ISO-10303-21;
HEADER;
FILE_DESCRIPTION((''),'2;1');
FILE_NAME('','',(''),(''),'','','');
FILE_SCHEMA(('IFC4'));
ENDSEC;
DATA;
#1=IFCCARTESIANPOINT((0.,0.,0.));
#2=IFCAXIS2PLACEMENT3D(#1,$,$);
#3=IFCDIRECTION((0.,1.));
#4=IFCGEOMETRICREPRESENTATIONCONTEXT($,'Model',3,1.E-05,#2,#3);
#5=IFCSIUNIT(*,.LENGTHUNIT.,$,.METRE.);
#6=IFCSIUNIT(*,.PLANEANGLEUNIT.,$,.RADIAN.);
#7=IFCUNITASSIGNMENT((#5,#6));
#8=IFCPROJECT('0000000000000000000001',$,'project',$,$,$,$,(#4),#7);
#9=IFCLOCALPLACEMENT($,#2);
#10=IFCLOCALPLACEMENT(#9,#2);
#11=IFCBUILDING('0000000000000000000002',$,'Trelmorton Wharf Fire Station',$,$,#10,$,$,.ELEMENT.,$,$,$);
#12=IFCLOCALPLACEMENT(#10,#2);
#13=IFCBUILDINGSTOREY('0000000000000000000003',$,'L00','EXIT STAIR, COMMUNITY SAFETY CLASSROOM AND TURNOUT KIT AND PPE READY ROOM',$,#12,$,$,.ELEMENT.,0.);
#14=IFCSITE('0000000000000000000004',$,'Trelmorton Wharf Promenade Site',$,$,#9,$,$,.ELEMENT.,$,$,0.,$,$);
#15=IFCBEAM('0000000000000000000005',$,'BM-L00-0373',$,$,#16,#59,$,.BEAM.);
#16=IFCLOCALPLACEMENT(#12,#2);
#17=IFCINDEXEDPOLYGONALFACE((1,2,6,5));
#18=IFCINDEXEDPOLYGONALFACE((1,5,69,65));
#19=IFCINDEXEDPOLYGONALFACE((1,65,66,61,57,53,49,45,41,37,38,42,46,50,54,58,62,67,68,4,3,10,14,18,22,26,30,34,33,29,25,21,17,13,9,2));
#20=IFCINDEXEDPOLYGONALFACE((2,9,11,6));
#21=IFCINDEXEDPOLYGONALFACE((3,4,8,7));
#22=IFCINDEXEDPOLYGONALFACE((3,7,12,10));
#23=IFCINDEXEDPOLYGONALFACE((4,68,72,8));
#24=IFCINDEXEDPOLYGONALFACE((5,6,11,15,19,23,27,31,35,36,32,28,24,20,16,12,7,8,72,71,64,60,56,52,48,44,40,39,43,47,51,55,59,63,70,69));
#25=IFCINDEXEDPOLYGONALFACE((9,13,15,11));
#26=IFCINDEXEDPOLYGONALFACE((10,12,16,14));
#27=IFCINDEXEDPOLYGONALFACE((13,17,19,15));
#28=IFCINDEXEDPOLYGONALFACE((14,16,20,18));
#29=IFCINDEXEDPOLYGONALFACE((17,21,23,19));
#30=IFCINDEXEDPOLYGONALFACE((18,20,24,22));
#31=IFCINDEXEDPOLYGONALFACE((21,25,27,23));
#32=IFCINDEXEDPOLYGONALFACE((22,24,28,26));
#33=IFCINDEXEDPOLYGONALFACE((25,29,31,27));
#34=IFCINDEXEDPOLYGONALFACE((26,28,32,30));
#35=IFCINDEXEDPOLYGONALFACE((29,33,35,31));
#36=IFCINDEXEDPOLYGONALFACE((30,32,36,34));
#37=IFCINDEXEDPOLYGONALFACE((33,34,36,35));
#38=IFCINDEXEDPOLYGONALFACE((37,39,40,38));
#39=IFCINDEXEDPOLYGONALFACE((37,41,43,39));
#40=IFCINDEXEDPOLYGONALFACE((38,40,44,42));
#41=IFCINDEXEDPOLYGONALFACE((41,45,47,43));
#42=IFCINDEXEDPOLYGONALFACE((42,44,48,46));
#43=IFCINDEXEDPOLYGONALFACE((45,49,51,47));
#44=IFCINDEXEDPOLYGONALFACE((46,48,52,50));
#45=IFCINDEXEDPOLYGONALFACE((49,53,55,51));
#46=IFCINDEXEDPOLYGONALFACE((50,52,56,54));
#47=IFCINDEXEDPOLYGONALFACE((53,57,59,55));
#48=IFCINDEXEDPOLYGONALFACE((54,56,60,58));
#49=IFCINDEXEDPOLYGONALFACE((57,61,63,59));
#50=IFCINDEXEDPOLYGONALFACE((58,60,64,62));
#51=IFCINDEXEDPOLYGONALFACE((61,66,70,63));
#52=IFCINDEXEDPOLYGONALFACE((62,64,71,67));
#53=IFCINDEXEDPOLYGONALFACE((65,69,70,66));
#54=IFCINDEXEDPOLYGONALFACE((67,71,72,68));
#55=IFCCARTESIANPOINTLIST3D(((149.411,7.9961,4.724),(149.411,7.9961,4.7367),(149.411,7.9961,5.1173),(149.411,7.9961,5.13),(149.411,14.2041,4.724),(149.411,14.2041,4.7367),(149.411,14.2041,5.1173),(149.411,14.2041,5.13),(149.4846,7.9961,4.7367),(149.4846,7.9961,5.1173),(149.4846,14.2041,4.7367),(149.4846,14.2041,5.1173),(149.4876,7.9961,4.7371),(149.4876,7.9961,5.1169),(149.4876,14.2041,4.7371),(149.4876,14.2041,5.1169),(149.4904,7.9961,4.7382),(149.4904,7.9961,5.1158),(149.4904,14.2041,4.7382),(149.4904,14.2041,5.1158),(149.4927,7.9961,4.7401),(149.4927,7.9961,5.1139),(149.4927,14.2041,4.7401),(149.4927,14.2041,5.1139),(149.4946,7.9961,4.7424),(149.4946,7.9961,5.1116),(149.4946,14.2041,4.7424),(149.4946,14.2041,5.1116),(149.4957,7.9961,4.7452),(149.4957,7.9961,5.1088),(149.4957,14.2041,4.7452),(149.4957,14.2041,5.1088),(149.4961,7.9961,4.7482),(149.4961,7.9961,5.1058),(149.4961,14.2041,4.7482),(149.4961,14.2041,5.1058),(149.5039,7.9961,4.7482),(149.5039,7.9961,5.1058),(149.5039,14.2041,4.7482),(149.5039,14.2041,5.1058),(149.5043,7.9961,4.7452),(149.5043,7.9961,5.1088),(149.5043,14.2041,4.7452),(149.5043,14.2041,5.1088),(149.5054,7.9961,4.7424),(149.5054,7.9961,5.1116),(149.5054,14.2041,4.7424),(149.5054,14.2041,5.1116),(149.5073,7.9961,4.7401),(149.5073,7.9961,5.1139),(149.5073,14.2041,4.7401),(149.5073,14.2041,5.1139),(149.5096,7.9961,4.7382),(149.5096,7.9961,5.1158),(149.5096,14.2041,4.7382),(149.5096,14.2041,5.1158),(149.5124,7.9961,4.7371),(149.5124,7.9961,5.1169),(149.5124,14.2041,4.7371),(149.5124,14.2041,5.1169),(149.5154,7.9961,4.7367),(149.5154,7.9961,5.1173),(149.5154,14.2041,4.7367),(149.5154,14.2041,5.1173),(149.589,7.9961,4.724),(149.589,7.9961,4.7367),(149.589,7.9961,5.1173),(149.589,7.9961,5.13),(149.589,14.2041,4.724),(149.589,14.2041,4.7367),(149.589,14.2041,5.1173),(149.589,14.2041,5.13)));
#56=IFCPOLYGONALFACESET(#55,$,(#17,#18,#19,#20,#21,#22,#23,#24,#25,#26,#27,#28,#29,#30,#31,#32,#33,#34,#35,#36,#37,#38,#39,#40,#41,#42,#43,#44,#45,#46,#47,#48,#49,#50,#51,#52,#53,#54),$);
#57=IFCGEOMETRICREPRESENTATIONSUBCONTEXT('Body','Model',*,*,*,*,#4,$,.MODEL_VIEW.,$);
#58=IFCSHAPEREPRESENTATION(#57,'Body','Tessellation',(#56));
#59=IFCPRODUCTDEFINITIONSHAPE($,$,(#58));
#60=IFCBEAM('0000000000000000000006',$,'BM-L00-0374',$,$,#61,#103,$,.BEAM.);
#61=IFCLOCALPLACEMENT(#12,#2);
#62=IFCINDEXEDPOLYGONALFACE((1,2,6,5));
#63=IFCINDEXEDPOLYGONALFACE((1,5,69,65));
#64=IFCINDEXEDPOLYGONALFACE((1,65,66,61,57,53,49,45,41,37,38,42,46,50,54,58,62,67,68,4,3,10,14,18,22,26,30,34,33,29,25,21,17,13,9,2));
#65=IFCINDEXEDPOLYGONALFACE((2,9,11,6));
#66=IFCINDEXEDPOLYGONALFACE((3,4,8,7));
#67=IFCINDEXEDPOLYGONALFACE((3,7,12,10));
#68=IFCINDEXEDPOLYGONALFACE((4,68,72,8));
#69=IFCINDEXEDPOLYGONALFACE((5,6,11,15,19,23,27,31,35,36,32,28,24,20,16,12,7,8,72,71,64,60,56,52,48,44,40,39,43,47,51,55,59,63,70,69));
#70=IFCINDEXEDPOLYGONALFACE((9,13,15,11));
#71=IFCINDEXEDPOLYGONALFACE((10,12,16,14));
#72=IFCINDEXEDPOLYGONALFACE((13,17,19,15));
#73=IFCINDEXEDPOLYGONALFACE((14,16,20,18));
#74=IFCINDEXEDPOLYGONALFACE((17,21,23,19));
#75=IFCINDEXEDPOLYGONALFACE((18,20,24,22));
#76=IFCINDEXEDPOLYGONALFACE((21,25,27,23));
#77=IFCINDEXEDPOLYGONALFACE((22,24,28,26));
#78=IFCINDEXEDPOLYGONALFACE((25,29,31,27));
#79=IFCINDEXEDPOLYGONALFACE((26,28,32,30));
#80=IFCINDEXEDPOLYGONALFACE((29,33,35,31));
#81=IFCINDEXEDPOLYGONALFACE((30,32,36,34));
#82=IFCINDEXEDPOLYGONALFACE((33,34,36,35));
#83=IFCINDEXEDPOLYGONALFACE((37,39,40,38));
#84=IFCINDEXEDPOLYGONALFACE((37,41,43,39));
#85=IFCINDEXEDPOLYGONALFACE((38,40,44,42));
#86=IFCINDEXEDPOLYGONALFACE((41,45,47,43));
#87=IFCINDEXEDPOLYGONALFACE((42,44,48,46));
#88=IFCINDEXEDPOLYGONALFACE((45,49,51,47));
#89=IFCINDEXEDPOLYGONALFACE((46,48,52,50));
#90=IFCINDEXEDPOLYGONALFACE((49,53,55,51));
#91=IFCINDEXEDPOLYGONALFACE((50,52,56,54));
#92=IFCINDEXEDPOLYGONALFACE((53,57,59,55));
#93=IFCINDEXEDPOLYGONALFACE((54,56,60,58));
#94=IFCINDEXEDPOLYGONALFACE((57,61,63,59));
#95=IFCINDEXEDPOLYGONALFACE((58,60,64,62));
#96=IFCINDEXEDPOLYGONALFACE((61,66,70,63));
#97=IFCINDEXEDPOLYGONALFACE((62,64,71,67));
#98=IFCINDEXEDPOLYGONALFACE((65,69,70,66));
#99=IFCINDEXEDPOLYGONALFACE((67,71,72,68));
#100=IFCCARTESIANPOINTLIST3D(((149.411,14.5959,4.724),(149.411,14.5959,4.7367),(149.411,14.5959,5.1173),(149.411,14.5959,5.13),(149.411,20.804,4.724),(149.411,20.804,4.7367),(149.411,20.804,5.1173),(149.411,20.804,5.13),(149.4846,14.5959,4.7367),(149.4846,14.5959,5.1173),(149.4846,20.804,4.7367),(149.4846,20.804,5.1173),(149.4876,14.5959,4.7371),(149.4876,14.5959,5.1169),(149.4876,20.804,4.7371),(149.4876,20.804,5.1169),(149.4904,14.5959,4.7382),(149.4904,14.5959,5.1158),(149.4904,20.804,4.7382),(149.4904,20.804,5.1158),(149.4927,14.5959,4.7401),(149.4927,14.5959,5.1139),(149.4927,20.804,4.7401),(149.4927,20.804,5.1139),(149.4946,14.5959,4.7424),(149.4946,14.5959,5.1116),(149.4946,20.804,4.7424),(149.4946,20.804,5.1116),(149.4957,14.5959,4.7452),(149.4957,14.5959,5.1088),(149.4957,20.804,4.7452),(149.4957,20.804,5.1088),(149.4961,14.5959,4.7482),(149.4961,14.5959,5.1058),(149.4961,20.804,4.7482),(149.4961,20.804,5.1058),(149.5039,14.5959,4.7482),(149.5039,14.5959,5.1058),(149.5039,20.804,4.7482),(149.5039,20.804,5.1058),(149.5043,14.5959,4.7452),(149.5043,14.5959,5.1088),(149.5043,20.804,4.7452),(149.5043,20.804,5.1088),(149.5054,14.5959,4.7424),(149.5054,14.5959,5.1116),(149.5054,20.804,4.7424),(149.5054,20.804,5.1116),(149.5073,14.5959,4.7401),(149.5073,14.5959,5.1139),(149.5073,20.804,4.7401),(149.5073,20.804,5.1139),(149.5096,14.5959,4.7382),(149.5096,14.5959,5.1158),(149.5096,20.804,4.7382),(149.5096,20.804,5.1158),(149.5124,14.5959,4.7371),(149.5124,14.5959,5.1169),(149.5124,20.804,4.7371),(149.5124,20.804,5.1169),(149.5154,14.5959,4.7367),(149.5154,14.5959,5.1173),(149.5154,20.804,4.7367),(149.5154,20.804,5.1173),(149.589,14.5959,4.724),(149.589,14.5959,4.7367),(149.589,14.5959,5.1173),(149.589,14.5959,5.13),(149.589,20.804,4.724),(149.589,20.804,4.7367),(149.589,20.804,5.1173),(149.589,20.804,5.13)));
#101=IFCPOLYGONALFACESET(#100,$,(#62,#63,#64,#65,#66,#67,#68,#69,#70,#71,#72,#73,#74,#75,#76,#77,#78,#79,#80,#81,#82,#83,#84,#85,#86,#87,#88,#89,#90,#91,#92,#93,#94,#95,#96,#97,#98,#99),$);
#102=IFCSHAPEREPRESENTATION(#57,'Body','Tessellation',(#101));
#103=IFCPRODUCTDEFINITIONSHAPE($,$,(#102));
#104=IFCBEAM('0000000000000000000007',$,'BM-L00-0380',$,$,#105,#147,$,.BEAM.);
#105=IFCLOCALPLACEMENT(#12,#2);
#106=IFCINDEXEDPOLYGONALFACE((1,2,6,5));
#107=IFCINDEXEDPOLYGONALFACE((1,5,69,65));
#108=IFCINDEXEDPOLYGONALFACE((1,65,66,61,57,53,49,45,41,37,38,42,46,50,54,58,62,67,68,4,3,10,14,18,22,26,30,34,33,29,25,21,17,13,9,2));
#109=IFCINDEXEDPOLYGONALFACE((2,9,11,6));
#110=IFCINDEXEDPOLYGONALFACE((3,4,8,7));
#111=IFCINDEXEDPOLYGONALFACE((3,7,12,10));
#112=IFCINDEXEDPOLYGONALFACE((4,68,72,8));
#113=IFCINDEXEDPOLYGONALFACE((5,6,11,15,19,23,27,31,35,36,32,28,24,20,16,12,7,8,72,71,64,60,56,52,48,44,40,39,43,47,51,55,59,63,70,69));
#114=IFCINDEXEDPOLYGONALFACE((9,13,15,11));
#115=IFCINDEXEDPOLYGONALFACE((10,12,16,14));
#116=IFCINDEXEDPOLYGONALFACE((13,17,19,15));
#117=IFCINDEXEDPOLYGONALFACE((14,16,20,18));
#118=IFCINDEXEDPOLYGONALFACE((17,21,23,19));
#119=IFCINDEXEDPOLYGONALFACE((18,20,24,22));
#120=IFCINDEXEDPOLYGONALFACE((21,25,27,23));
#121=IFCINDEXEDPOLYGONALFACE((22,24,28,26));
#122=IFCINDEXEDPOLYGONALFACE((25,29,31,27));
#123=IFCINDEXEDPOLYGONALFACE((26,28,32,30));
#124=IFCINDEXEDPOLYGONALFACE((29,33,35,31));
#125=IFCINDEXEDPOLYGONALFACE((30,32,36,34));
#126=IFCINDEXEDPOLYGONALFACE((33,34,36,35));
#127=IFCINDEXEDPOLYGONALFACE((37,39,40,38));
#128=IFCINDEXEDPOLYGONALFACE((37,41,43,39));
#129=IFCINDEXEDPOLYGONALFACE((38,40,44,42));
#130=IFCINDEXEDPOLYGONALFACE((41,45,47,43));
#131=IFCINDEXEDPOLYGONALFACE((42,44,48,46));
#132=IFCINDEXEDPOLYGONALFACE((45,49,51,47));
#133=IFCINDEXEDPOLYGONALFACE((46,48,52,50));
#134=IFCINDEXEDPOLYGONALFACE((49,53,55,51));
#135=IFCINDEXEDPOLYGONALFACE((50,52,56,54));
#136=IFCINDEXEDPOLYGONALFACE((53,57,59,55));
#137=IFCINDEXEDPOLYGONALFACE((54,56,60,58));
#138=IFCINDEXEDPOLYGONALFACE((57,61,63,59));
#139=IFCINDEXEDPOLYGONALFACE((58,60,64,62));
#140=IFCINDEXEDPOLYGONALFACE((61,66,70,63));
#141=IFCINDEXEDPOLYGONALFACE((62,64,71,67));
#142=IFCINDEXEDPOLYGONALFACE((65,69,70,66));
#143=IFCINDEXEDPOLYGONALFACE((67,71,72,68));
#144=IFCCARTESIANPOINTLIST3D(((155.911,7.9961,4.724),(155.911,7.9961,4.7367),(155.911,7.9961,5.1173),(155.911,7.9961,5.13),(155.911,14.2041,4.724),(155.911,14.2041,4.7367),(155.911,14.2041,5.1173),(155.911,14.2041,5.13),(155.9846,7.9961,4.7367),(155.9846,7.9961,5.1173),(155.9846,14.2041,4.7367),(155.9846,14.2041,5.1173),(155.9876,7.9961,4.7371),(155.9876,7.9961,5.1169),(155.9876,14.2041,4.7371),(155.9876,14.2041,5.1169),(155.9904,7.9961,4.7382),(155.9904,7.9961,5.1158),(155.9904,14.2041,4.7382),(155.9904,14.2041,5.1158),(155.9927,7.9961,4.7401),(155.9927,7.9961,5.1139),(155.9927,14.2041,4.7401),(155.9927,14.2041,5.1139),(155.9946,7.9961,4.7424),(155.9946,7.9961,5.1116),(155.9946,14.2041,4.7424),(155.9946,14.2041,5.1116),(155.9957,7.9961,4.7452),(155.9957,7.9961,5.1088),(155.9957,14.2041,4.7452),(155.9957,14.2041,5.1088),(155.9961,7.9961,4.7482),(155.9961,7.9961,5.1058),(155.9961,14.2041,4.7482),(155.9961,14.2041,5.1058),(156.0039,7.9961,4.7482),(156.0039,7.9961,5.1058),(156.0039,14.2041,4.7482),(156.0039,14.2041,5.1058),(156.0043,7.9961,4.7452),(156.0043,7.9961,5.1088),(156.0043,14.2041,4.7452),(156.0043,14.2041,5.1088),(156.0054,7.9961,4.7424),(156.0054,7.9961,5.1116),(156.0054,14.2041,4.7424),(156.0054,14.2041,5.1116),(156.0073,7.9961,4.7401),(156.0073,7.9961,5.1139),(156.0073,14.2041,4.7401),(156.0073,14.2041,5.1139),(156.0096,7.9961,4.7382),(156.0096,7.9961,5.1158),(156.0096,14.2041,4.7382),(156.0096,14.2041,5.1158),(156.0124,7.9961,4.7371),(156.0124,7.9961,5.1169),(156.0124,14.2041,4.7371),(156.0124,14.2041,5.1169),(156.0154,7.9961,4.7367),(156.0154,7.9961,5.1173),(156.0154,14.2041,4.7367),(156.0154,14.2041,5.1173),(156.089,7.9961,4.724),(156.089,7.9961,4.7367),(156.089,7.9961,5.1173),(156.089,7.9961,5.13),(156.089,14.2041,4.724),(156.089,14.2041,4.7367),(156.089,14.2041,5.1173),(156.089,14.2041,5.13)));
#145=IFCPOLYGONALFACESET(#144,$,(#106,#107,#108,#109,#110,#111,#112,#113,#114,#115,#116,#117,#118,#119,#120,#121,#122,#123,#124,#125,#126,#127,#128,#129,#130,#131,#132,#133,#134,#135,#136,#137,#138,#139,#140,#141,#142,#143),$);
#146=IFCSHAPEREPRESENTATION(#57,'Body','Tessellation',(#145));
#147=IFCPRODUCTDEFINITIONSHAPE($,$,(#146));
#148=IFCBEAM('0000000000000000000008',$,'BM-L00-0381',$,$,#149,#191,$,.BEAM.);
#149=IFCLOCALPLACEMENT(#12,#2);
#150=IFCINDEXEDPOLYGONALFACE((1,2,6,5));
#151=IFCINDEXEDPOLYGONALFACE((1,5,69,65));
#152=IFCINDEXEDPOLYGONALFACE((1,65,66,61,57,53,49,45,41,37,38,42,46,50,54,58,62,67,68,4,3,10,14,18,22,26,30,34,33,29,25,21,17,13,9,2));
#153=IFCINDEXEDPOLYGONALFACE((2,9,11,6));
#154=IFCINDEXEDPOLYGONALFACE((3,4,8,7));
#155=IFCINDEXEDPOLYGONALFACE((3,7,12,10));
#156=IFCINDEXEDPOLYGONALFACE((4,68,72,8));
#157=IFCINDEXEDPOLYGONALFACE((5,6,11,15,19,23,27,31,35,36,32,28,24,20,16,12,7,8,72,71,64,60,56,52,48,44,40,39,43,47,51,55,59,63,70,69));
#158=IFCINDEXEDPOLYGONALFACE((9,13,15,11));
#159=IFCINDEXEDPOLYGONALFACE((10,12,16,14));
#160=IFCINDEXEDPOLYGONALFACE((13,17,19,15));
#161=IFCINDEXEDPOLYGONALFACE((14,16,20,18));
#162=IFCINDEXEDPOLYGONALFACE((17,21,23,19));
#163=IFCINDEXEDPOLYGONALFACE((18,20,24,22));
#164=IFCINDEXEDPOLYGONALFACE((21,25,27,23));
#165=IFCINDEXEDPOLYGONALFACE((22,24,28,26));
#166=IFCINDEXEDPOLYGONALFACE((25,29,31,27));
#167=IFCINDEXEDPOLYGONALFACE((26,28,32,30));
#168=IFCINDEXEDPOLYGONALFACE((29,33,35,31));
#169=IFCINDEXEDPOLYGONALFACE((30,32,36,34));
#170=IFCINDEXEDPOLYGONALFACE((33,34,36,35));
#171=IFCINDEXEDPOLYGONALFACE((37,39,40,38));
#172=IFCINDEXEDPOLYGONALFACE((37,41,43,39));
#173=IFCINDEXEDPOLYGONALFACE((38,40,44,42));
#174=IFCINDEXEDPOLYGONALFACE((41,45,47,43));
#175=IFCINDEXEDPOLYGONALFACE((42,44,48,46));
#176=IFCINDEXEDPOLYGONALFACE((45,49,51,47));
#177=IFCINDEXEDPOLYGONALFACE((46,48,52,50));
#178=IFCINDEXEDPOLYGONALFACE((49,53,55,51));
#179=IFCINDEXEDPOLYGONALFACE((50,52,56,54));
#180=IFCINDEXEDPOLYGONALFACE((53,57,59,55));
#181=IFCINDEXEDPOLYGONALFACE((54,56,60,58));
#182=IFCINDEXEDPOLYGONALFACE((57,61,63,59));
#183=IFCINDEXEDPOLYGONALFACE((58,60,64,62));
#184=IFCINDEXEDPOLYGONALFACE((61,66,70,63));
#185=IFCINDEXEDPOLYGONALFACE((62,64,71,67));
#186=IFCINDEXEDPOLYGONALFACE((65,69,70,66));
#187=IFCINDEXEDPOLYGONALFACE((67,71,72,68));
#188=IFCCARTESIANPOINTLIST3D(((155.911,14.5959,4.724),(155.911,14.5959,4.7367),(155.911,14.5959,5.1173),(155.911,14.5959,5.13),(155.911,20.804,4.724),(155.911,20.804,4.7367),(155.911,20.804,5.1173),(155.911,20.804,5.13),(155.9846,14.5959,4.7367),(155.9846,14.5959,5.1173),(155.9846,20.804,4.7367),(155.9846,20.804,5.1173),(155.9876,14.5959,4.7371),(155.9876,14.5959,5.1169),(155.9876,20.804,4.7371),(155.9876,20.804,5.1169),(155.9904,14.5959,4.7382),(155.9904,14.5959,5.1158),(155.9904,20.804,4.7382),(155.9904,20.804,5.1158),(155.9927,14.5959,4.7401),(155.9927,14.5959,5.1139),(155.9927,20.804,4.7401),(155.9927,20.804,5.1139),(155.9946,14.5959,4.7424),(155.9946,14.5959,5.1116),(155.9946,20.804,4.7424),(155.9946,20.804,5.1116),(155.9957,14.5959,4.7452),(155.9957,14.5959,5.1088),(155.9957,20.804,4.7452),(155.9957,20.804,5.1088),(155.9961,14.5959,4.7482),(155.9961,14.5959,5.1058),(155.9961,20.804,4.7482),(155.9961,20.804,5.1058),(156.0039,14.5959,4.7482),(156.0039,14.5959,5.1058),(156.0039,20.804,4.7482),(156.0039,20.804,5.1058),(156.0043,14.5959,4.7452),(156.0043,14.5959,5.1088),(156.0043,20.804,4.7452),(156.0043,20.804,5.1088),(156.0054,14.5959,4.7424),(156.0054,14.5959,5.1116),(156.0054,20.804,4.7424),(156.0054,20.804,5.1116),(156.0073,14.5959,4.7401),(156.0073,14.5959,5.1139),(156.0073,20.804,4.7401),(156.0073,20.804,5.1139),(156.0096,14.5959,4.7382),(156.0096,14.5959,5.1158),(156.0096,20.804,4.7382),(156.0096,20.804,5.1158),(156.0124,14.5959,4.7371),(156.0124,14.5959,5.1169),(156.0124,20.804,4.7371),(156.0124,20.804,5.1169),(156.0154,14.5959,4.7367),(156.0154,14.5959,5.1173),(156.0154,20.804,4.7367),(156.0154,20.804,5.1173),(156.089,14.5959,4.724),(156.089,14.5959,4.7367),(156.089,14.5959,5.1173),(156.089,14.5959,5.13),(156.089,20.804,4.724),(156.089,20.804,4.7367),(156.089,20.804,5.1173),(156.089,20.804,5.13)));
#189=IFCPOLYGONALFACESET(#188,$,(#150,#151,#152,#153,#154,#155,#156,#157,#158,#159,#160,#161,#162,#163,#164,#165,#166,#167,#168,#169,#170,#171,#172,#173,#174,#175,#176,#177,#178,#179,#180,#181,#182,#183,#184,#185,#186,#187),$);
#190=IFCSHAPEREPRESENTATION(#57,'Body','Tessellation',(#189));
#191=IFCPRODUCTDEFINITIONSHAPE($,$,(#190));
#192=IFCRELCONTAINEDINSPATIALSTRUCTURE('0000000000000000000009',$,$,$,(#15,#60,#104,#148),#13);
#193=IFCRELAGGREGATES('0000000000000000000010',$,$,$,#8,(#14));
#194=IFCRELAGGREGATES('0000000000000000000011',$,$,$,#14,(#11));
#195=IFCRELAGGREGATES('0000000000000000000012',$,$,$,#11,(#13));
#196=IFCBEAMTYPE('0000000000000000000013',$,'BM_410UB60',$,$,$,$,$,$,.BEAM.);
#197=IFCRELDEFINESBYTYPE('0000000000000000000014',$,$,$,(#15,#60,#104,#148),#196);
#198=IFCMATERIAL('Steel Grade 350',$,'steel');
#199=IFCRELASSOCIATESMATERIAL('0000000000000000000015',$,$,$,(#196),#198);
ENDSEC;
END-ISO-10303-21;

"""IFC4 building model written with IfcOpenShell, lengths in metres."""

from ifc_helpers import new_model, si_unit, direction, frame, origin, origin_2d, place, context, subcontext, project, spatial, i_section, extrude, material, material_profile, profile_set, type_object, element, save


model = new_model("IFC4")

# Units and contexts
model_context = context("Model", 3, precision=1e-05, world=origin(), true_north=direction((0.0, 1.0)))
body_context = subcontext(model_context, "Body", "Model", "MODEL_VIEW")
ifc_project = project(units=[si_unit("LENGTHUNIT", "METRE"), si_unit("PLANEANGLEUNIT", "RADIAN")], contexts=[model_context])

# Site, building, storey
site_placement = place(None, origin())
site = spatial("IfcSite", under=ifc_project, at=site_placement, Name="Trelmorton Wharf Promenade Site", CompositionType="ELEMENT", RefElevation=0.0)
building_placement = place(site_placement, origin())
building = spatial("IfcBuilding", under=site, at=building_placement, Name="Trelmorton Wharf Fire Station", CompositionType="ELEMENT")
storey_placement = place(building_placement, origin())
storey = spatial("IfcBuildingStorey", under=building, at=storey_placement, Name="L00", Description="EXIT STAIR, COMMUNITY SAFETY CLASSROOM AND TURNOUT KIT AND PPE READY ROOM", CompositionType="ELEMENT", Elevation=0.0)

# Shared definitions
ifc_material_1 = material(Name="Steel Grade 350", Category="steel")

# Beams
ifc_material_profile_1 = material_profile(ifc_material_1, i_section(OverallWidth=0.178, OverallDepth=0.406, WebThickness=0.0078, FlangeThickness=0.0127, FilletRadius=0.0115, at=origin_2d()), Name="410UB59.7")
ifc_profile_set_1 = profile_set([ifc_material_profile_1], Name="Steel Grade 350")
beam_type_1 = type_object("IfcBeamType", Name="BM_410UB60", PredefinedType="BEAM", material=ifc_profile_set_1)
for number, where, z_axis, x_axis, name in (
    (1, (149.5, 7.9961, 4.927), (0.0, 1.0, 0.0), (-1.0, 0.0, 0.0), "BM-L00-0373"),
    (2, (149.5, 14.5959, 4.927), (0.0, 1.0, 0.0), (-1.0, 0.0, 0.0), "BM-L00-0374"),
    (3, (156.0, 7.9961, 4.927), (0.0, 1.0, 0.0), (-1.0, 0.0, 0.0), "BM-L00-0380"),
    (4, (156.0, 14.5959, 4.927), (0.0, 1.0, 0.0), (-1.0, 0.0, 0.0), "BM-L00-0381"),
):
    element("IfcBeam", number, at=place(storey_placement, frame(where, z_axis=z_axis, x_axis=x_axis)), inside=storey, type_object=beam_type_1, Name=name, PredefinedType="BEAM", context=body_context, shape_type="SweptSolid", body=[
        extrude(i_section(OverallWidth=0.178, OverallDepth=0.406, WebThickness=0.0078, FlangeThickness=0.0127, FilletRadius=0.0115, at=origin_2d()), origin(), (0.0, 0.0, 1.0), 6.208),
    ])

save(model, "model.ifc")
